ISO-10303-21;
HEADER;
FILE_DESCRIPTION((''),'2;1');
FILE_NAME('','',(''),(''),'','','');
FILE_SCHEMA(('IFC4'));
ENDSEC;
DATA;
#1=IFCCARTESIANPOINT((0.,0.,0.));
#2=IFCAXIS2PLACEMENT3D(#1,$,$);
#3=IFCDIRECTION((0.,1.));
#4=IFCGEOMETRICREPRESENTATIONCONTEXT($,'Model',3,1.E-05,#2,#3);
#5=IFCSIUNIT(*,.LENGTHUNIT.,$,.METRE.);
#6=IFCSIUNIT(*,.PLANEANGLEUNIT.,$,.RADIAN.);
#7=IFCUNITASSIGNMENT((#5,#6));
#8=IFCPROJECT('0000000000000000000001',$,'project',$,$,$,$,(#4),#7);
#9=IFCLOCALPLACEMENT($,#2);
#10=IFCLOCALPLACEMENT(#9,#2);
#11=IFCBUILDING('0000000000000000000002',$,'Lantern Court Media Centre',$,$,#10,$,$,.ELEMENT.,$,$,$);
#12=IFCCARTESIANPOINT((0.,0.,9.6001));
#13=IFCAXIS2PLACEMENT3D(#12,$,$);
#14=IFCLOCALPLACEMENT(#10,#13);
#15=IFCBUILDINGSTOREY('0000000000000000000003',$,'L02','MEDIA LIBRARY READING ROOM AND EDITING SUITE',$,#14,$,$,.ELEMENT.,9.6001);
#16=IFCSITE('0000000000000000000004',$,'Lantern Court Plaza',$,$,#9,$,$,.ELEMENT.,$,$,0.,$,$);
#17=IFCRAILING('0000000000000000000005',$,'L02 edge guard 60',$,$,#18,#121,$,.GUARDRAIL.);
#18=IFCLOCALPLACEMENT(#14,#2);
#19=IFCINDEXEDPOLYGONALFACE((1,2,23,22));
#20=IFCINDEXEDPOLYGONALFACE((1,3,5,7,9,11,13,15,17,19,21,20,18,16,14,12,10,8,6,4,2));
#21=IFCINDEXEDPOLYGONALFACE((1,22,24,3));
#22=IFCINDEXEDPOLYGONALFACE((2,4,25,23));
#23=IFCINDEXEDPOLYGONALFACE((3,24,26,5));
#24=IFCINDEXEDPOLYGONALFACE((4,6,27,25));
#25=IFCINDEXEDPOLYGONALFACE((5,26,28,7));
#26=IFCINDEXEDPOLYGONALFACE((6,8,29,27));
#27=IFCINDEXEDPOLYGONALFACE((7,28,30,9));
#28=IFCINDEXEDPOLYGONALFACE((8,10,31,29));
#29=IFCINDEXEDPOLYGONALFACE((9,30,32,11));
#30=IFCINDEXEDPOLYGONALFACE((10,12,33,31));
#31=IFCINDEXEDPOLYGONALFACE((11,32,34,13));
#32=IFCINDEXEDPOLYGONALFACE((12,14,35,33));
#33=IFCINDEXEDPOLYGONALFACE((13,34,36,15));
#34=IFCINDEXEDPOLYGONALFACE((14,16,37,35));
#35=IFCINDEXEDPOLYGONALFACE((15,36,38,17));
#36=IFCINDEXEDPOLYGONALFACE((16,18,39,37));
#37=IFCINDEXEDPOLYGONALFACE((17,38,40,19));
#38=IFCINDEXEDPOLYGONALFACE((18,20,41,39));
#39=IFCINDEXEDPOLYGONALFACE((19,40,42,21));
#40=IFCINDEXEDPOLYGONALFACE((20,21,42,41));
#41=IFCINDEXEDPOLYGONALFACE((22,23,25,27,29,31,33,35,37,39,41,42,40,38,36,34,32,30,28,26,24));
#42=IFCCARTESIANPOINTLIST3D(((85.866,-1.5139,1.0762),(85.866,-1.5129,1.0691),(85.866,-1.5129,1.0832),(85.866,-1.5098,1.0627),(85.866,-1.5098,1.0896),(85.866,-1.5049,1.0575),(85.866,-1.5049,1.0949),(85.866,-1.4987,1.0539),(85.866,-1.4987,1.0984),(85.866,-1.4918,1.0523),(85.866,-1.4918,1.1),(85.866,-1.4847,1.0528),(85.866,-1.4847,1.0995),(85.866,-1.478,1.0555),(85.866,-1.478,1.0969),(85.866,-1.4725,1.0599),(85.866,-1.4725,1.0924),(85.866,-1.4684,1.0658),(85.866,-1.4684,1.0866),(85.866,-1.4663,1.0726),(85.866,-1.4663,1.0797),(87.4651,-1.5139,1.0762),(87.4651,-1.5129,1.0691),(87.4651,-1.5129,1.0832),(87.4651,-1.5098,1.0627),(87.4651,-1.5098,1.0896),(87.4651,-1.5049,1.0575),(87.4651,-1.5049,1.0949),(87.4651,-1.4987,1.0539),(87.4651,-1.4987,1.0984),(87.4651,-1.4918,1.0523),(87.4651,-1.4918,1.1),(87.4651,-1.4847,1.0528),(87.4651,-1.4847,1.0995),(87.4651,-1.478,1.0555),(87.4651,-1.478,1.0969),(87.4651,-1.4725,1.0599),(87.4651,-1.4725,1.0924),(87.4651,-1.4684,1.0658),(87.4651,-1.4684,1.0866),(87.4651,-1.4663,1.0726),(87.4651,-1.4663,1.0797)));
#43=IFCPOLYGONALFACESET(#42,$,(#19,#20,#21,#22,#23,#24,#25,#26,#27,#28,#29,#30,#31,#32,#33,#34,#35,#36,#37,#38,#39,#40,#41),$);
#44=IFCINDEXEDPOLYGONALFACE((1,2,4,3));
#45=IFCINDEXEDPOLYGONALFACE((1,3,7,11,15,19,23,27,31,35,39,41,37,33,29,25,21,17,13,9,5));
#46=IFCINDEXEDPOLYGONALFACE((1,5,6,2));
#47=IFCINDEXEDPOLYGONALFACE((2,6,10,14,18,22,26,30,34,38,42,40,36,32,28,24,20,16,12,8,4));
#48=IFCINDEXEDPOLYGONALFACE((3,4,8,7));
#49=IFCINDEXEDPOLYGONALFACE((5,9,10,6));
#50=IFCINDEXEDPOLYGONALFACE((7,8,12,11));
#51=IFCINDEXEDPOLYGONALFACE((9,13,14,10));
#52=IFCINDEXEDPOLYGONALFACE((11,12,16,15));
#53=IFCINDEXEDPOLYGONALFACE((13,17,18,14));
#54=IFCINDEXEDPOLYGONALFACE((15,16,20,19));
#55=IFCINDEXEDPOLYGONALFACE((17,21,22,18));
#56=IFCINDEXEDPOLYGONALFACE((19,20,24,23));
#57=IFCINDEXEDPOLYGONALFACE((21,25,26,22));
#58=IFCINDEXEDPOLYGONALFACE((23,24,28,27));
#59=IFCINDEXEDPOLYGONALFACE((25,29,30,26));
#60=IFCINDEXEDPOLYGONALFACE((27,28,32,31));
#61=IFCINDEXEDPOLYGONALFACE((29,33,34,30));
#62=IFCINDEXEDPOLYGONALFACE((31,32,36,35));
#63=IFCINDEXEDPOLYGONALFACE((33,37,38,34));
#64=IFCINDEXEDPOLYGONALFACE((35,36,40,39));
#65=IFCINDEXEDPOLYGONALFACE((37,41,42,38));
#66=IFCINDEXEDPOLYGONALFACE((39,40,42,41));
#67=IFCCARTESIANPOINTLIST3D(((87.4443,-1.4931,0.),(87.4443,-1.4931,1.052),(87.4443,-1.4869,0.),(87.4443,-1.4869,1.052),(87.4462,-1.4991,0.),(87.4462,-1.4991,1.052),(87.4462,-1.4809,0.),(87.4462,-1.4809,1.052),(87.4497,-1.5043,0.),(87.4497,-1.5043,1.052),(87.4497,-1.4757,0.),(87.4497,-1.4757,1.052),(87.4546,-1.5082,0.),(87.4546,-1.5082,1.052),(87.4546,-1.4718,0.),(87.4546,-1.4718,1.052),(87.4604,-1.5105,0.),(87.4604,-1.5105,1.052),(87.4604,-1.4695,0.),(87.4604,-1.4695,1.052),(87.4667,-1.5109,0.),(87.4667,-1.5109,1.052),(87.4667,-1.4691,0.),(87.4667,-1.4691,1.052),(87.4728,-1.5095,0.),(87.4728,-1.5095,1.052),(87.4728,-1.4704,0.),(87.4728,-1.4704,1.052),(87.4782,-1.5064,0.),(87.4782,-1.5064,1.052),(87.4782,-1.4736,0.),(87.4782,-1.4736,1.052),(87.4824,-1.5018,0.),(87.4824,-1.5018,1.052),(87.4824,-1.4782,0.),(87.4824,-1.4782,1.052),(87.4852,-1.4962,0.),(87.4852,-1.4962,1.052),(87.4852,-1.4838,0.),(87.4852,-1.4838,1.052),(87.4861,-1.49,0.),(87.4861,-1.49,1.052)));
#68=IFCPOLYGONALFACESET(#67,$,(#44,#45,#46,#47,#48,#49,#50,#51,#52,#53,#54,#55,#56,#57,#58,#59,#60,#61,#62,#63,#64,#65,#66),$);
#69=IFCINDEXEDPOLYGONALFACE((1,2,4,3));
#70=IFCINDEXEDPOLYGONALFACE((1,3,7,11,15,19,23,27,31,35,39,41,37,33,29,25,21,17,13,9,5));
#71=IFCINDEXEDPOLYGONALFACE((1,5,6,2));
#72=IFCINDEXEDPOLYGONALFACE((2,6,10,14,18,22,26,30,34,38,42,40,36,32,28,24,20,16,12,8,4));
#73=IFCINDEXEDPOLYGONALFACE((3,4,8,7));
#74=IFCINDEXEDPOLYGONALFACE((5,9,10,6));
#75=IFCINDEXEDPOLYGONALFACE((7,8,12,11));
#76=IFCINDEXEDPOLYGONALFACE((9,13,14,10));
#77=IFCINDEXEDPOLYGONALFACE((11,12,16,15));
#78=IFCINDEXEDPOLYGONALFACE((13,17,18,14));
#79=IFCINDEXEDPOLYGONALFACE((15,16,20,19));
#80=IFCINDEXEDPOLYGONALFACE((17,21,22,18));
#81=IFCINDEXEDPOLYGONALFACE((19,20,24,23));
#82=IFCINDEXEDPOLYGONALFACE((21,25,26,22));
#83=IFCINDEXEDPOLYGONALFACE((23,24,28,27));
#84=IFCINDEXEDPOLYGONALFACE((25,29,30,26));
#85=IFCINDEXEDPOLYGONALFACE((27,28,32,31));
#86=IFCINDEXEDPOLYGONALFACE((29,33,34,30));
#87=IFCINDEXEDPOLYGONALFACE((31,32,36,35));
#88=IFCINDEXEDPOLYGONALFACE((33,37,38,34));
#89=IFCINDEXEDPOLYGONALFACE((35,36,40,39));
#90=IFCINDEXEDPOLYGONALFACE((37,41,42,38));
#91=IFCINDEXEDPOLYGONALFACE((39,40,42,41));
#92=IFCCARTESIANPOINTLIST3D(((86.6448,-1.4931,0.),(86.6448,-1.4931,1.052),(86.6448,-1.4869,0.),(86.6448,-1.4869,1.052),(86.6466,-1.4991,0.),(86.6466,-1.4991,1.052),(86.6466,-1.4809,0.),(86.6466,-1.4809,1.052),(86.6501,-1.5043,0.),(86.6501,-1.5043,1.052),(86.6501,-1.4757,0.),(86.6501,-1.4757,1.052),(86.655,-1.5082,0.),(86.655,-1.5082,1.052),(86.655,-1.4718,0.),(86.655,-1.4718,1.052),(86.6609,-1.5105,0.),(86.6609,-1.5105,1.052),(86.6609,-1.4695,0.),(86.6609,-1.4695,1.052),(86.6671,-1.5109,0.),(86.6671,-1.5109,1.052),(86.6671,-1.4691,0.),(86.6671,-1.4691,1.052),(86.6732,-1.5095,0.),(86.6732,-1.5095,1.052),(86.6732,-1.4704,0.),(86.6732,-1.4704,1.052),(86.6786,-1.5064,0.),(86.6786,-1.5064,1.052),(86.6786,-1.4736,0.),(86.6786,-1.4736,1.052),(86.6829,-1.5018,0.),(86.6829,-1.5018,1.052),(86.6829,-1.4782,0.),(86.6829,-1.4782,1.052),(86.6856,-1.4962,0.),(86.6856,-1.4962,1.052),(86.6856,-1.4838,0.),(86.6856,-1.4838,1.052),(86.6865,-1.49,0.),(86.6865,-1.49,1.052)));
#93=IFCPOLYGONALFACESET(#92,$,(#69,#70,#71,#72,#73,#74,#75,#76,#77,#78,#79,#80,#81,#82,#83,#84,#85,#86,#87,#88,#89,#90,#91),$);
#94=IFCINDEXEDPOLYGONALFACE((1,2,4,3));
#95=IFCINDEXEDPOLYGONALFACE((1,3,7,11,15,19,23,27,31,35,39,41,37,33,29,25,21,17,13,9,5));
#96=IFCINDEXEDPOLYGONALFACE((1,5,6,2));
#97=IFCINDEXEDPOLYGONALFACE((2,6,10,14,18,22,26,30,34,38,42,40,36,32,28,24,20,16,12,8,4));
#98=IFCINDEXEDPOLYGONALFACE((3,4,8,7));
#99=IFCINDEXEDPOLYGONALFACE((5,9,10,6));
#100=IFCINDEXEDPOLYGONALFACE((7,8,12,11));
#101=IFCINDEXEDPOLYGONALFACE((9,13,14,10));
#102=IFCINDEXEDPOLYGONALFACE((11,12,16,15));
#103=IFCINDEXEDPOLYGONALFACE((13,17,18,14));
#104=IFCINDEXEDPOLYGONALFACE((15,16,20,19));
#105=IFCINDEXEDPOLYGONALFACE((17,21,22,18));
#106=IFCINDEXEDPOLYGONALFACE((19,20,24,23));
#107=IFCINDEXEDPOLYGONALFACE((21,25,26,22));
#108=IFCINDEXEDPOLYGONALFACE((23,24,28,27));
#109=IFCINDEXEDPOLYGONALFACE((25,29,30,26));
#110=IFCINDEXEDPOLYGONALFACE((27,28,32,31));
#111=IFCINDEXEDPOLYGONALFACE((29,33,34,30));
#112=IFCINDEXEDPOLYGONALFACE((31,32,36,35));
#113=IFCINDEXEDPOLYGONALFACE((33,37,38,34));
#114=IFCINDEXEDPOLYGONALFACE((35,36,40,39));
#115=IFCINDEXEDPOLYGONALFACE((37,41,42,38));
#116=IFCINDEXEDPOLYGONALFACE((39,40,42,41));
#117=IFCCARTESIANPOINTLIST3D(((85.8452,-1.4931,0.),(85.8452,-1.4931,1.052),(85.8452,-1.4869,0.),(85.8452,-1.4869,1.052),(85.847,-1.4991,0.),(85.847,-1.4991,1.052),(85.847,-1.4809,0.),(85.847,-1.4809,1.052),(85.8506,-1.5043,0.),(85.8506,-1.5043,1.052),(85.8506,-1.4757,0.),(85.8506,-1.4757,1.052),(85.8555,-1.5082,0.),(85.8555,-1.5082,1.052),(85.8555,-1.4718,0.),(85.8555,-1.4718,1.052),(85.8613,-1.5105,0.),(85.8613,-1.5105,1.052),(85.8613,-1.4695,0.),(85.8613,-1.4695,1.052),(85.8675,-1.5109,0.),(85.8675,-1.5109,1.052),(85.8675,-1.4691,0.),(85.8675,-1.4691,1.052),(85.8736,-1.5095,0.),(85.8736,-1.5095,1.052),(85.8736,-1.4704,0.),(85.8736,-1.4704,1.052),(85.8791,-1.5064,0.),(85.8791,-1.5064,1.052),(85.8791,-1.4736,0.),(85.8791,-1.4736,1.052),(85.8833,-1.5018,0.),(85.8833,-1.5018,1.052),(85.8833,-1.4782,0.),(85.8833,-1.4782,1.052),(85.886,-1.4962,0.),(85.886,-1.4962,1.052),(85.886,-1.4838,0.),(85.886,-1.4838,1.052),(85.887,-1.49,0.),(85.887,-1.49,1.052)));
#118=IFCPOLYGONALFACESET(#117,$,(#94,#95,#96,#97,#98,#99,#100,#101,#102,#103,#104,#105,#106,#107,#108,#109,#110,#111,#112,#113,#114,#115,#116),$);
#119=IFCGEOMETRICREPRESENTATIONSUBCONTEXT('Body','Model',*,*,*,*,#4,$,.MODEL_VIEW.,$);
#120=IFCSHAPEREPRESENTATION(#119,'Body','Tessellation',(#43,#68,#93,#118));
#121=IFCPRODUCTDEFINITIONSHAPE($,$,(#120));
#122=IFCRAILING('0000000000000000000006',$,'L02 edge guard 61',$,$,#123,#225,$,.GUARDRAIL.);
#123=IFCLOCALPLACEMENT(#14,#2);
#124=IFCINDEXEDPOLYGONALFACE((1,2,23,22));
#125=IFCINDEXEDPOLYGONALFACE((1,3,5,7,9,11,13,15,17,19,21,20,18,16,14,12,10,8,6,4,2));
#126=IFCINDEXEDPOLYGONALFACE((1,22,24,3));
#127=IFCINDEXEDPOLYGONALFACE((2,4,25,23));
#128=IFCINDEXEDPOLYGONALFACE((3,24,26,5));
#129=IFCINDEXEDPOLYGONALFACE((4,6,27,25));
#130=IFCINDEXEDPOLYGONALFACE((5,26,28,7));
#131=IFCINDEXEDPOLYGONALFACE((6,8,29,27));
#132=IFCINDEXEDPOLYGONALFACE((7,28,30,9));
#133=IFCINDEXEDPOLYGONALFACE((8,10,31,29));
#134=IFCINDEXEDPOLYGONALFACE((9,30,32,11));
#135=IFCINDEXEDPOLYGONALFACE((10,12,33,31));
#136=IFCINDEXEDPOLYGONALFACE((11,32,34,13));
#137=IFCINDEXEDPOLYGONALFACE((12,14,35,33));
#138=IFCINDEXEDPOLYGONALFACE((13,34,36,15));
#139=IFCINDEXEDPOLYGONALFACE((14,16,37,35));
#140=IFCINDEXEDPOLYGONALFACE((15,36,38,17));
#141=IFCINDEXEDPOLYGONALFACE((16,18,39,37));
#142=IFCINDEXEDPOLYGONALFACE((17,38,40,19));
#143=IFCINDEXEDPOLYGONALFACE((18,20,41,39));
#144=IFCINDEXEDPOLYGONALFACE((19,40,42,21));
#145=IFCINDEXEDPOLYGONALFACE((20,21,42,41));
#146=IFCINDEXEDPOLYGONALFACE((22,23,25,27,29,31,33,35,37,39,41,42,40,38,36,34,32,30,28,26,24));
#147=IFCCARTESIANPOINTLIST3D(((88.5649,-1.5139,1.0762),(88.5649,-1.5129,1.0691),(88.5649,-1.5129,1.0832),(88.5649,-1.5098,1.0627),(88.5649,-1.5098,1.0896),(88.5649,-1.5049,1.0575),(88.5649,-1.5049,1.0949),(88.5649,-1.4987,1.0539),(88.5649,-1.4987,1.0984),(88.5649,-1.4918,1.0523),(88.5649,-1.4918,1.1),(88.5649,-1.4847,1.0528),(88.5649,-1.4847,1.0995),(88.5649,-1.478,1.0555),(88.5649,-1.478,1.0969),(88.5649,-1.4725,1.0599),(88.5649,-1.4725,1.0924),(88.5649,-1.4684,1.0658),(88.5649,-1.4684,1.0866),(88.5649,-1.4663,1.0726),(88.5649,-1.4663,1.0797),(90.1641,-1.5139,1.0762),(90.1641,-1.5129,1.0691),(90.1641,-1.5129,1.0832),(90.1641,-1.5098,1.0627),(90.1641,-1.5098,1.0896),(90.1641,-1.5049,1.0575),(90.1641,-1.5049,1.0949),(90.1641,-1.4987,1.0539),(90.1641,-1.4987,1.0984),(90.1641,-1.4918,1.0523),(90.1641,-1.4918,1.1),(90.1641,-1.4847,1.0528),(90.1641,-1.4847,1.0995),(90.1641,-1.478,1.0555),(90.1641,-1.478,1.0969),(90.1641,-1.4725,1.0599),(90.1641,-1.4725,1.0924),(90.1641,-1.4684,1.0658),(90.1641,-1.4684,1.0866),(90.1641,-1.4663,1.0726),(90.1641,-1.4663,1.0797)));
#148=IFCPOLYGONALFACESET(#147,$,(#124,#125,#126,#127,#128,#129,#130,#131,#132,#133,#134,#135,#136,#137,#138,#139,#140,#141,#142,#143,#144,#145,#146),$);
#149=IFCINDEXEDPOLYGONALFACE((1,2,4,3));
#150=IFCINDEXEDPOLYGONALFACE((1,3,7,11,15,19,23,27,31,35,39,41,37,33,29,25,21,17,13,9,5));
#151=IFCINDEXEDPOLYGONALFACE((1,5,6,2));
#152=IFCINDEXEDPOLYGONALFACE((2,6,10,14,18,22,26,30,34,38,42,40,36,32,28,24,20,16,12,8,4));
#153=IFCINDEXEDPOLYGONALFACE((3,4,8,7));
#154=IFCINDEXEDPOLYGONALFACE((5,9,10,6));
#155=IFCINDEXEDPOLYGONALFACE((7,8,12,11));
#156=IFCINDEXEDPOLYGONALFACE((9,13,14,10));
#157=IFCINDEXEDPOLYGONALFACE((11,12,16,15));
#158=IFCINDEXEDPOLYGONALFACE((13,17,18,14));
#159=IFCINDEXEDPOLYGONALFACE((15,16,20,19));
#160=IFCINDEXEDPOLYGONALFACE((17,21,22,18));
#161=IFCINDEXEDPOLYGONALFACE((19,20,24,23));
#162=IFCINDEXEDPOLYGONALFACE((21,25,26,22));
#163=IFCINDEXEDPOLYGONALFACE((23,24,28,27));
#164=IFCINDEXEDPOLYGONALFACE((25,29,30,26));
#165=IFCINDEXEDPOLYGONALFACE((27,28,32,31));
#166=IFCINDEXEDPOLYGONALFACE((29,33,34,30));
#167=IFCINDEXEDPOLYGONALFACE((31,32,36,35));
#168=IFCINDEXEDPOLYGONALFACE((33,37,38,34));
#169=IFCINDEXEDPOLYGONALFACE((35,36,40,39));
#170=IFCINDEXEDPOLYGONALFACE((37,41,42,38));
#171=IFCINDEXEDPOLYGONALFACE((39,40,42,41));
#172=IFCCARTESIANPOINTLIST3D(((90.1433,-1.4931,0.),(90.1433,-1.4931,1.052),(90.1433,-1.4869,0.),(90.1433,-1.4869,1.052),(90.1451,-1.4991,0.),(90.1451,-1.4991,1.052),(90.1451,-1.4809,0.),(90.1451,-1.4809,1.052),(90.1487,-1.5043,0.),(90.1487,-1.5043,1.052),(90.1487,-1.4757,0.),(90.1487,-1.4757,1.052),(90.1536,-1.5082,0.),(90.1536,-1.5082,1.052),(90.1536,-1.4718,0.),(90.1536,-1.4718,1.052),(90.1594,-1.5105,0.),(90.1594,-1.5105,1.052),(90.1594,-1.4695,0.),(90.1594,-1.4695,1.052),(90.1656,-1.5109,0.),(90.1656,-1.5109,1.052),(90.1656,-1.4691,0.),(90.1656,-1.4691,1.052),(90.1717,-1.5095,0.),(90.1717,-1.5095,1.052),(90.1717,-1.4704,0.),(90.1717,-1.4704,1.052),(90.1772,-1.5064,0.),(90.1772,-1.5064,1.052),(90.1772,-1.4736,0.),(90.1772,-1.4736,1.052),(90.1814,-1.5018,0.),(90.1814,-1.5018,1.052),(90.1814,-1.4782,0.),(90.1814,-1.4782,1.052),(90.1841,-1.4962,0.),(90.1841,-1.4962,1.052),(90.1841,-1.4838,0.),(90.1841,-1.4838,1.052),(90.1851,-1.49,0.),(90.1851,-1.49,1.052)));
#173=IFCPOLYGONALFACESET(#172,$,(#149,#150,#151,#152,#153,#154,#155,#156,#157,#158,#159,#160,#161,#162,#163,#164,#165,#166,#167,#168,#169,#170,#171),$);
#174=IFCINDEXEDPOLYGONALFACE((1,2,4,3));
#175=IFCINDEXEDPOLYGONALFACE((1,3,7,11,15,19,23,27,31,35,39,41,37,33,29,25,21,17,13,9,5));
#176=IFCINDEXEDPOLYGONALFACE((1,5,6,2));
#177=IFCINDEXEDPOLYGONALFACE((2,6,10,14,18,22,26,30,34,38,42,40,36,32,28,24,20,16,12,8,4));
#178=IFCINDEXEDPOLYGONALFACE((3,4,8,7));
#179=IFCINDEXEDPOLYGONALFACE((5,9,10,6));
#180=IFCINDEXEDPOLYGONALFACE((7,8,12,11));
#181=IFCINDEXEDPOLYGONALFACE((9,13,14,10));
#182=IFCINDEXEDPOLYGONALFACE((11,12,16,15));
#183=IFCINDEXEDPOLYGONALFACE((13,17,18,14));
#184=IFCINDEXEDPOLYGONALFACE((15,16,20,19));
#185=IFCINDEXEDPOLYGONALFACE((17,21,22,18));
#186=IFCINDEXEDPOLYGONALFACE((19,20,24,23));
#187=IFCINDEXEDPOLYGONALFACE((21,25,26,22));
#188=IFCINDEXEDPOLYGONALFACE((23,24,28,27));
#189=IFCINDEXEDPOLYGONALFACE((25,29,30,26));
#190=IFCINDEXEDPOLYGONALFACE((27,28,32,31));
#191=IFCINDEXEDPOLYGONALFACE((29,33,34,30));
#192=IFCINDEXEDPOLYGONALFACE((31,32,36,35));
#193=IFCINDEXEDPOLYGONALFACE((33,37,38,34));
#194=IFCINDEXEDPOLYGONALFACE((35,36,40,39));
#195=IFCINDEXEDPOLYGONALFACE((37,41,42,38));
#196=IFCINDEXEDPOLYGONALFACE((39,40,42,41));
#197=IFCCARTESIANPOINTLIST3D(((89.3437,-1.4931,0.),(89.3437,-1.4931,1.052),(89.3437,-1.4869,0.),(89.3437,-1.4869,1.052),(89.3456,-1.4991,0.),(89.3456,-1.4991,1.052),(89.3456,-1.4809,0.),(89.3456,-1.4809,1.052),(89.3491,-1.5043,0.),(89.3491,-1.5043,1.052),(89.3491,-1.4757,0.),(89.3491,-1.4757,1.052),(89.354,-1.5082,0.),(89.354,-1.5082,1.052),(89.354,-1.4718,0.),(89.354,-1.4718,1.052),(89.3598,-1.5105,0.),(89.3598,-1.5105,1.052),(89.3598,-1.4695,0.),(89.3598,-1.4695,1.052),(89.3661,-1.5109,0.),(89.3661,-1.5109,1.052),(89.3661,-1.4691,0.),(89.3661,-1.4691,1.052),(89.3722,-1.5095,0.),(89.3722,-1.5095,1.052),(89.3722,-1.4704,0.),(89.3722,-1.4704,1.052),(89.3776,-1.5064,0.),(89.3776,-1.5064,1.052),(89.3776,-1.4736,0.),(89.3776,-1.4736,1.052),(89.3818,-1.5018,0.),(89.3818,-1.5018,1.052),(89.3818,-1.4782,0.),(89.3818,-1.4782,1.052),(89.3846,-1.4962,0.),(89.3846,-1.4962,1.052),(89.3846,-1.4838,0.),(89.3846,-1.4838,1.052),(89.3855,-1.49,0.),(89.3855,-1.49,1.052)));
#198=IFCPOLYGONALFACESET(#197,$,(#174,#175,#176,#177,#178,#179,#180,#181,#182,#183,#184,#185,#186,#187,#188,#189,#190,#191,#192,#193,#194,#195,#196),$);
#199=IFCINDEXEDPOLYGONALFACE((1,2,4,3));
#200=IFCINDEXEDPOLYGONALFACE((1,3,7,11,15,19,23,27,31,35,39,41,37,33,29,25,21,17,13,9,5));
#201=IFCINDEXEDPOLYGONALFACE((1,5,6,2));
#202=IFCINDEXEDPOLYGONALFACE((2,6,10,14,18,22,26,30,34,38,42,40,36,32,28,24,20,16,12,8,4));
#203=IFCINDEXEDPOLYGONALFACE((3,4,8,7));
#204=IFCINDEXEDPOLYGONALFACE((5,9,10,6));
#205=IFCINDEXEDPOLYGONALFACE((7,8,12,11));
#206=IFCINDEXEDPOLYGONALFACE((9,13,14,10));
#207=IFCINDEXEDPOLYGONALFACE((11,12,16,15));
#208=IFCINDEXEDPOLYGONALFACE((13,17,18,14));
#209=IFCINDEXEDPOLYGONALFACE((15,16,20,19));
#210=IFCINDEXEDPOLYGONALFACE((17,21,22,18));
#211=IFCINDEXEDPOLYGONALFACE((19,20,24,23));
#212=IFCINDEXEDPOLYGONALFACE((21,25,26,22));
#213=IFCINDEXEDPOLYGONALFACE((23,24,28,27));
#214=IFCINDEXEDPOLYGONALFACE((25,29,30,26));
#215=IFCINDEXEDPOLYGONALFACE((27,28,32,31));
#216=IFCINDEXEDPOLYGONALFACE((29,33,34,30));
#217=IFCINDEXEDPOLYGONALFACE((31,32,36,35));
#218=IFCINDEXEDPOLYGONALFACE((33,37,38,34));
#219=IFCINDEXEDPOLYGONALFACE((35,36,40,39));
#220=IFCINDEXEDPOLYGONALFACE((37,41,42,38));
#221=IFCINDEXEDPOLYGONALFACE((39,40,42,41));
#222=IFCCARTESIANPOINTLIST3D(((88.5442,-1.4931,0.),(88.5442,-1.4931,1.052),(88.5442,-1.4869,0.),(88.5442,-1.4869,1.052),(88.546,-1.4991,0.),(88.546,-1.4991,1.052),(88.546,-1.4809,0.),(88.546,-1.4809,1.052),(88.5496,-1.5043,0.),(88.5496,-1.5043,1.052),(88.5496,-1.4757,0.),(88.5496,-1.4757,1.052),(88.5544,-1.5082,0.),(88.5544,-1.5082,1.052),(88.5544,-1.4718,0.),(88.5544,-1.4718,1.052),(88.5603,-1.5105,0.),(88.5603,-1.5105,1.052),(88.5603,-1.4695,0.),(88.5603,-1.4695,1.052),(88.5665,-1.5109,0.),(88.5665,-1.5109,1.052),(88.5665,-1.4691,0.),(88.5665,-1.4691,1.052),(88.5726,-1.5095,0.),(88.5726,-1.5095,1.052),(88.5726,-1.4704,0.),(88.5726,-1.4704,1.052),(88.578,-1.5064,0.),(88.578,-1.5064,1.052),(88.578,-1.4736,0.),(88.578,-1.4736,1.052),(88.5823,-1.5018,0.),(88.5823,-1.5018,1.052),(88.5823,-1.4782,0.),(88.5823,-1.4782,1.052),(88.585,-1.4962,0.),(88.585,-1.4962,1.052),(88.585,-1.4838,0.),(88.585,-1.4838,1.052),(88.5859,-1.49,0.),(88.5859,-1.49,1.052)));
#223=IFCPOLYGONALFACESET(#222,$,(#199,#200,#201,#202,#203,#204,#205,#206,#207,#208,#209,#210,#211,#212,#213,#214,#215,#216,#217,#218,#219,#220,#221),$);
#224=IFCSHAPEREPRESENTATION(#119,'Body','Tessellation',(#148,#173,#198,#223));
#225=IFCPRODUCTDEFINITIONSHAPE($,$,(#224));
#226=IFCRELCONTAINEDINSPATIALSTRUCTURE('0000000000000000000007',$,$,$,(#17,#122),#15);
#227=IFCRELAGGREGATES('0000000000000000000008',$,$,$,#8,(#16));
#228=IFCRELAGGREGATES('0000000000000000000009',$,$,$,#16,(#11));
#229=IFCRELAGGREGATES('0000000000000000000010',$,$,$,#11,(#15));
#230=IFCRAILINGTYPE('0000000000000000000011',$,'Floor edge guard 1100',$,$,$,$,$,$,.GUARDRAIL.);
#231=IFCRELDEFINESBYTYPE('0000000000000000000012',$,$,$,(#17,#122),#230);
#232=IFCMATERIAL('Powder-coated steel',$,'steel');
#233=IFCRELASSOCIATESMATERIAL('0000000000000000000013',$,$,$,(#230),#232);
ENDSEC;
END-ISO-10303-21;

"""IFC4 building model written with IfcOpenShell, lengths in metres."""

from ifc_helpers import new_model, si_unit, direction, frame, origin, origin_2d, place, context, subcontext, project, spatial, circle, extrude, material, type_object, element, save


model = new_model("IFC4")

# Units and contexts
model_context = context("Model", 3, precision=1e-05, world=origin(), true_north=direction((0.0, 1.0)))
body_context = subcontext(model_context, "Body", "Model", "MODEL_VIEW")
ifc_project = project(units=[si_unit("LENGTHUNIT", "METRE"), si_unit("PLANEANGLEUNIT", "RADIAN")], contexts=[model_context])

# Site, building, storey
site_placement = place(None, origin())
site = spatial("IfcSite", under=ifc_project, at=site_placement, Name="Lantern Court Plaza", CompositionType="ELEMENT", RefElevation=0.0)
building_placement = place(site_placement, origin())
building = spatial("IfcBuilding", under=site, at=building_placement, Name="Lantern Court Media Centre", CompositionType="ELEMENT")
storey_placement = place(building_placement, frame((0.0, 0.0, 9.6001)))
storey = spatial("IfcBuildingStorey", under=building, at=storey_placement, Name="L02", Description="MEDIA LIBRARY READING ROOM AND EDITING SUITE", CompositionType="ELEMENT", Elevation=9.6001)

# Railings
ifc_material_1 = material(Name="Powder-coated steel", Category="steel")
railing_type = type_object("IfcRailingType", Name="Floor edge guard 1100", PredefinedType="GUARDRAIL", material=ifc_material_1)
for number, where, name in (
    (1, (87.4651, -1.49, 0.0), "L02 edge guard 60"),
    (2, (90.1641, -1.49, 0.0), "L02 edge guard 61"),
):
    element("IfcRailing", number, at=place(storey_placement, frame(where)), inside=storey, type_object=railing_type, Name=name, PredefinedType="GUARDRAIL", context=body_context, shape_type="SweptSolid", body=[
        extrude(circle(Radius=0.0239, at=origin_2d()), frame((0.0, 0.0, 1.0762), z_axis=(-1.0, 0.0, 0.0), x_axis=(0.0, -1.0, 0.0)), (0.0, 0.0, 1.0), 1.5991),
        extrude(circle(Radius=0.021, at=origin_2d()), origin(), (0.0, 0.0, 1.0), 1.052),
        extrude(circle(Radius=0.021, at=origin_2d()), frame((-0.7996, 0.0, 0.0)), (0.0, 0.0, 1.0), 1.052),
        extrude(circle(Radius=0.021, at=origin_2d()), frame((-1.5991, 0.0, 0.0)), (0.0, 0.0, 1.0), 1.052),
    ])

save(model, "model.ifc")
